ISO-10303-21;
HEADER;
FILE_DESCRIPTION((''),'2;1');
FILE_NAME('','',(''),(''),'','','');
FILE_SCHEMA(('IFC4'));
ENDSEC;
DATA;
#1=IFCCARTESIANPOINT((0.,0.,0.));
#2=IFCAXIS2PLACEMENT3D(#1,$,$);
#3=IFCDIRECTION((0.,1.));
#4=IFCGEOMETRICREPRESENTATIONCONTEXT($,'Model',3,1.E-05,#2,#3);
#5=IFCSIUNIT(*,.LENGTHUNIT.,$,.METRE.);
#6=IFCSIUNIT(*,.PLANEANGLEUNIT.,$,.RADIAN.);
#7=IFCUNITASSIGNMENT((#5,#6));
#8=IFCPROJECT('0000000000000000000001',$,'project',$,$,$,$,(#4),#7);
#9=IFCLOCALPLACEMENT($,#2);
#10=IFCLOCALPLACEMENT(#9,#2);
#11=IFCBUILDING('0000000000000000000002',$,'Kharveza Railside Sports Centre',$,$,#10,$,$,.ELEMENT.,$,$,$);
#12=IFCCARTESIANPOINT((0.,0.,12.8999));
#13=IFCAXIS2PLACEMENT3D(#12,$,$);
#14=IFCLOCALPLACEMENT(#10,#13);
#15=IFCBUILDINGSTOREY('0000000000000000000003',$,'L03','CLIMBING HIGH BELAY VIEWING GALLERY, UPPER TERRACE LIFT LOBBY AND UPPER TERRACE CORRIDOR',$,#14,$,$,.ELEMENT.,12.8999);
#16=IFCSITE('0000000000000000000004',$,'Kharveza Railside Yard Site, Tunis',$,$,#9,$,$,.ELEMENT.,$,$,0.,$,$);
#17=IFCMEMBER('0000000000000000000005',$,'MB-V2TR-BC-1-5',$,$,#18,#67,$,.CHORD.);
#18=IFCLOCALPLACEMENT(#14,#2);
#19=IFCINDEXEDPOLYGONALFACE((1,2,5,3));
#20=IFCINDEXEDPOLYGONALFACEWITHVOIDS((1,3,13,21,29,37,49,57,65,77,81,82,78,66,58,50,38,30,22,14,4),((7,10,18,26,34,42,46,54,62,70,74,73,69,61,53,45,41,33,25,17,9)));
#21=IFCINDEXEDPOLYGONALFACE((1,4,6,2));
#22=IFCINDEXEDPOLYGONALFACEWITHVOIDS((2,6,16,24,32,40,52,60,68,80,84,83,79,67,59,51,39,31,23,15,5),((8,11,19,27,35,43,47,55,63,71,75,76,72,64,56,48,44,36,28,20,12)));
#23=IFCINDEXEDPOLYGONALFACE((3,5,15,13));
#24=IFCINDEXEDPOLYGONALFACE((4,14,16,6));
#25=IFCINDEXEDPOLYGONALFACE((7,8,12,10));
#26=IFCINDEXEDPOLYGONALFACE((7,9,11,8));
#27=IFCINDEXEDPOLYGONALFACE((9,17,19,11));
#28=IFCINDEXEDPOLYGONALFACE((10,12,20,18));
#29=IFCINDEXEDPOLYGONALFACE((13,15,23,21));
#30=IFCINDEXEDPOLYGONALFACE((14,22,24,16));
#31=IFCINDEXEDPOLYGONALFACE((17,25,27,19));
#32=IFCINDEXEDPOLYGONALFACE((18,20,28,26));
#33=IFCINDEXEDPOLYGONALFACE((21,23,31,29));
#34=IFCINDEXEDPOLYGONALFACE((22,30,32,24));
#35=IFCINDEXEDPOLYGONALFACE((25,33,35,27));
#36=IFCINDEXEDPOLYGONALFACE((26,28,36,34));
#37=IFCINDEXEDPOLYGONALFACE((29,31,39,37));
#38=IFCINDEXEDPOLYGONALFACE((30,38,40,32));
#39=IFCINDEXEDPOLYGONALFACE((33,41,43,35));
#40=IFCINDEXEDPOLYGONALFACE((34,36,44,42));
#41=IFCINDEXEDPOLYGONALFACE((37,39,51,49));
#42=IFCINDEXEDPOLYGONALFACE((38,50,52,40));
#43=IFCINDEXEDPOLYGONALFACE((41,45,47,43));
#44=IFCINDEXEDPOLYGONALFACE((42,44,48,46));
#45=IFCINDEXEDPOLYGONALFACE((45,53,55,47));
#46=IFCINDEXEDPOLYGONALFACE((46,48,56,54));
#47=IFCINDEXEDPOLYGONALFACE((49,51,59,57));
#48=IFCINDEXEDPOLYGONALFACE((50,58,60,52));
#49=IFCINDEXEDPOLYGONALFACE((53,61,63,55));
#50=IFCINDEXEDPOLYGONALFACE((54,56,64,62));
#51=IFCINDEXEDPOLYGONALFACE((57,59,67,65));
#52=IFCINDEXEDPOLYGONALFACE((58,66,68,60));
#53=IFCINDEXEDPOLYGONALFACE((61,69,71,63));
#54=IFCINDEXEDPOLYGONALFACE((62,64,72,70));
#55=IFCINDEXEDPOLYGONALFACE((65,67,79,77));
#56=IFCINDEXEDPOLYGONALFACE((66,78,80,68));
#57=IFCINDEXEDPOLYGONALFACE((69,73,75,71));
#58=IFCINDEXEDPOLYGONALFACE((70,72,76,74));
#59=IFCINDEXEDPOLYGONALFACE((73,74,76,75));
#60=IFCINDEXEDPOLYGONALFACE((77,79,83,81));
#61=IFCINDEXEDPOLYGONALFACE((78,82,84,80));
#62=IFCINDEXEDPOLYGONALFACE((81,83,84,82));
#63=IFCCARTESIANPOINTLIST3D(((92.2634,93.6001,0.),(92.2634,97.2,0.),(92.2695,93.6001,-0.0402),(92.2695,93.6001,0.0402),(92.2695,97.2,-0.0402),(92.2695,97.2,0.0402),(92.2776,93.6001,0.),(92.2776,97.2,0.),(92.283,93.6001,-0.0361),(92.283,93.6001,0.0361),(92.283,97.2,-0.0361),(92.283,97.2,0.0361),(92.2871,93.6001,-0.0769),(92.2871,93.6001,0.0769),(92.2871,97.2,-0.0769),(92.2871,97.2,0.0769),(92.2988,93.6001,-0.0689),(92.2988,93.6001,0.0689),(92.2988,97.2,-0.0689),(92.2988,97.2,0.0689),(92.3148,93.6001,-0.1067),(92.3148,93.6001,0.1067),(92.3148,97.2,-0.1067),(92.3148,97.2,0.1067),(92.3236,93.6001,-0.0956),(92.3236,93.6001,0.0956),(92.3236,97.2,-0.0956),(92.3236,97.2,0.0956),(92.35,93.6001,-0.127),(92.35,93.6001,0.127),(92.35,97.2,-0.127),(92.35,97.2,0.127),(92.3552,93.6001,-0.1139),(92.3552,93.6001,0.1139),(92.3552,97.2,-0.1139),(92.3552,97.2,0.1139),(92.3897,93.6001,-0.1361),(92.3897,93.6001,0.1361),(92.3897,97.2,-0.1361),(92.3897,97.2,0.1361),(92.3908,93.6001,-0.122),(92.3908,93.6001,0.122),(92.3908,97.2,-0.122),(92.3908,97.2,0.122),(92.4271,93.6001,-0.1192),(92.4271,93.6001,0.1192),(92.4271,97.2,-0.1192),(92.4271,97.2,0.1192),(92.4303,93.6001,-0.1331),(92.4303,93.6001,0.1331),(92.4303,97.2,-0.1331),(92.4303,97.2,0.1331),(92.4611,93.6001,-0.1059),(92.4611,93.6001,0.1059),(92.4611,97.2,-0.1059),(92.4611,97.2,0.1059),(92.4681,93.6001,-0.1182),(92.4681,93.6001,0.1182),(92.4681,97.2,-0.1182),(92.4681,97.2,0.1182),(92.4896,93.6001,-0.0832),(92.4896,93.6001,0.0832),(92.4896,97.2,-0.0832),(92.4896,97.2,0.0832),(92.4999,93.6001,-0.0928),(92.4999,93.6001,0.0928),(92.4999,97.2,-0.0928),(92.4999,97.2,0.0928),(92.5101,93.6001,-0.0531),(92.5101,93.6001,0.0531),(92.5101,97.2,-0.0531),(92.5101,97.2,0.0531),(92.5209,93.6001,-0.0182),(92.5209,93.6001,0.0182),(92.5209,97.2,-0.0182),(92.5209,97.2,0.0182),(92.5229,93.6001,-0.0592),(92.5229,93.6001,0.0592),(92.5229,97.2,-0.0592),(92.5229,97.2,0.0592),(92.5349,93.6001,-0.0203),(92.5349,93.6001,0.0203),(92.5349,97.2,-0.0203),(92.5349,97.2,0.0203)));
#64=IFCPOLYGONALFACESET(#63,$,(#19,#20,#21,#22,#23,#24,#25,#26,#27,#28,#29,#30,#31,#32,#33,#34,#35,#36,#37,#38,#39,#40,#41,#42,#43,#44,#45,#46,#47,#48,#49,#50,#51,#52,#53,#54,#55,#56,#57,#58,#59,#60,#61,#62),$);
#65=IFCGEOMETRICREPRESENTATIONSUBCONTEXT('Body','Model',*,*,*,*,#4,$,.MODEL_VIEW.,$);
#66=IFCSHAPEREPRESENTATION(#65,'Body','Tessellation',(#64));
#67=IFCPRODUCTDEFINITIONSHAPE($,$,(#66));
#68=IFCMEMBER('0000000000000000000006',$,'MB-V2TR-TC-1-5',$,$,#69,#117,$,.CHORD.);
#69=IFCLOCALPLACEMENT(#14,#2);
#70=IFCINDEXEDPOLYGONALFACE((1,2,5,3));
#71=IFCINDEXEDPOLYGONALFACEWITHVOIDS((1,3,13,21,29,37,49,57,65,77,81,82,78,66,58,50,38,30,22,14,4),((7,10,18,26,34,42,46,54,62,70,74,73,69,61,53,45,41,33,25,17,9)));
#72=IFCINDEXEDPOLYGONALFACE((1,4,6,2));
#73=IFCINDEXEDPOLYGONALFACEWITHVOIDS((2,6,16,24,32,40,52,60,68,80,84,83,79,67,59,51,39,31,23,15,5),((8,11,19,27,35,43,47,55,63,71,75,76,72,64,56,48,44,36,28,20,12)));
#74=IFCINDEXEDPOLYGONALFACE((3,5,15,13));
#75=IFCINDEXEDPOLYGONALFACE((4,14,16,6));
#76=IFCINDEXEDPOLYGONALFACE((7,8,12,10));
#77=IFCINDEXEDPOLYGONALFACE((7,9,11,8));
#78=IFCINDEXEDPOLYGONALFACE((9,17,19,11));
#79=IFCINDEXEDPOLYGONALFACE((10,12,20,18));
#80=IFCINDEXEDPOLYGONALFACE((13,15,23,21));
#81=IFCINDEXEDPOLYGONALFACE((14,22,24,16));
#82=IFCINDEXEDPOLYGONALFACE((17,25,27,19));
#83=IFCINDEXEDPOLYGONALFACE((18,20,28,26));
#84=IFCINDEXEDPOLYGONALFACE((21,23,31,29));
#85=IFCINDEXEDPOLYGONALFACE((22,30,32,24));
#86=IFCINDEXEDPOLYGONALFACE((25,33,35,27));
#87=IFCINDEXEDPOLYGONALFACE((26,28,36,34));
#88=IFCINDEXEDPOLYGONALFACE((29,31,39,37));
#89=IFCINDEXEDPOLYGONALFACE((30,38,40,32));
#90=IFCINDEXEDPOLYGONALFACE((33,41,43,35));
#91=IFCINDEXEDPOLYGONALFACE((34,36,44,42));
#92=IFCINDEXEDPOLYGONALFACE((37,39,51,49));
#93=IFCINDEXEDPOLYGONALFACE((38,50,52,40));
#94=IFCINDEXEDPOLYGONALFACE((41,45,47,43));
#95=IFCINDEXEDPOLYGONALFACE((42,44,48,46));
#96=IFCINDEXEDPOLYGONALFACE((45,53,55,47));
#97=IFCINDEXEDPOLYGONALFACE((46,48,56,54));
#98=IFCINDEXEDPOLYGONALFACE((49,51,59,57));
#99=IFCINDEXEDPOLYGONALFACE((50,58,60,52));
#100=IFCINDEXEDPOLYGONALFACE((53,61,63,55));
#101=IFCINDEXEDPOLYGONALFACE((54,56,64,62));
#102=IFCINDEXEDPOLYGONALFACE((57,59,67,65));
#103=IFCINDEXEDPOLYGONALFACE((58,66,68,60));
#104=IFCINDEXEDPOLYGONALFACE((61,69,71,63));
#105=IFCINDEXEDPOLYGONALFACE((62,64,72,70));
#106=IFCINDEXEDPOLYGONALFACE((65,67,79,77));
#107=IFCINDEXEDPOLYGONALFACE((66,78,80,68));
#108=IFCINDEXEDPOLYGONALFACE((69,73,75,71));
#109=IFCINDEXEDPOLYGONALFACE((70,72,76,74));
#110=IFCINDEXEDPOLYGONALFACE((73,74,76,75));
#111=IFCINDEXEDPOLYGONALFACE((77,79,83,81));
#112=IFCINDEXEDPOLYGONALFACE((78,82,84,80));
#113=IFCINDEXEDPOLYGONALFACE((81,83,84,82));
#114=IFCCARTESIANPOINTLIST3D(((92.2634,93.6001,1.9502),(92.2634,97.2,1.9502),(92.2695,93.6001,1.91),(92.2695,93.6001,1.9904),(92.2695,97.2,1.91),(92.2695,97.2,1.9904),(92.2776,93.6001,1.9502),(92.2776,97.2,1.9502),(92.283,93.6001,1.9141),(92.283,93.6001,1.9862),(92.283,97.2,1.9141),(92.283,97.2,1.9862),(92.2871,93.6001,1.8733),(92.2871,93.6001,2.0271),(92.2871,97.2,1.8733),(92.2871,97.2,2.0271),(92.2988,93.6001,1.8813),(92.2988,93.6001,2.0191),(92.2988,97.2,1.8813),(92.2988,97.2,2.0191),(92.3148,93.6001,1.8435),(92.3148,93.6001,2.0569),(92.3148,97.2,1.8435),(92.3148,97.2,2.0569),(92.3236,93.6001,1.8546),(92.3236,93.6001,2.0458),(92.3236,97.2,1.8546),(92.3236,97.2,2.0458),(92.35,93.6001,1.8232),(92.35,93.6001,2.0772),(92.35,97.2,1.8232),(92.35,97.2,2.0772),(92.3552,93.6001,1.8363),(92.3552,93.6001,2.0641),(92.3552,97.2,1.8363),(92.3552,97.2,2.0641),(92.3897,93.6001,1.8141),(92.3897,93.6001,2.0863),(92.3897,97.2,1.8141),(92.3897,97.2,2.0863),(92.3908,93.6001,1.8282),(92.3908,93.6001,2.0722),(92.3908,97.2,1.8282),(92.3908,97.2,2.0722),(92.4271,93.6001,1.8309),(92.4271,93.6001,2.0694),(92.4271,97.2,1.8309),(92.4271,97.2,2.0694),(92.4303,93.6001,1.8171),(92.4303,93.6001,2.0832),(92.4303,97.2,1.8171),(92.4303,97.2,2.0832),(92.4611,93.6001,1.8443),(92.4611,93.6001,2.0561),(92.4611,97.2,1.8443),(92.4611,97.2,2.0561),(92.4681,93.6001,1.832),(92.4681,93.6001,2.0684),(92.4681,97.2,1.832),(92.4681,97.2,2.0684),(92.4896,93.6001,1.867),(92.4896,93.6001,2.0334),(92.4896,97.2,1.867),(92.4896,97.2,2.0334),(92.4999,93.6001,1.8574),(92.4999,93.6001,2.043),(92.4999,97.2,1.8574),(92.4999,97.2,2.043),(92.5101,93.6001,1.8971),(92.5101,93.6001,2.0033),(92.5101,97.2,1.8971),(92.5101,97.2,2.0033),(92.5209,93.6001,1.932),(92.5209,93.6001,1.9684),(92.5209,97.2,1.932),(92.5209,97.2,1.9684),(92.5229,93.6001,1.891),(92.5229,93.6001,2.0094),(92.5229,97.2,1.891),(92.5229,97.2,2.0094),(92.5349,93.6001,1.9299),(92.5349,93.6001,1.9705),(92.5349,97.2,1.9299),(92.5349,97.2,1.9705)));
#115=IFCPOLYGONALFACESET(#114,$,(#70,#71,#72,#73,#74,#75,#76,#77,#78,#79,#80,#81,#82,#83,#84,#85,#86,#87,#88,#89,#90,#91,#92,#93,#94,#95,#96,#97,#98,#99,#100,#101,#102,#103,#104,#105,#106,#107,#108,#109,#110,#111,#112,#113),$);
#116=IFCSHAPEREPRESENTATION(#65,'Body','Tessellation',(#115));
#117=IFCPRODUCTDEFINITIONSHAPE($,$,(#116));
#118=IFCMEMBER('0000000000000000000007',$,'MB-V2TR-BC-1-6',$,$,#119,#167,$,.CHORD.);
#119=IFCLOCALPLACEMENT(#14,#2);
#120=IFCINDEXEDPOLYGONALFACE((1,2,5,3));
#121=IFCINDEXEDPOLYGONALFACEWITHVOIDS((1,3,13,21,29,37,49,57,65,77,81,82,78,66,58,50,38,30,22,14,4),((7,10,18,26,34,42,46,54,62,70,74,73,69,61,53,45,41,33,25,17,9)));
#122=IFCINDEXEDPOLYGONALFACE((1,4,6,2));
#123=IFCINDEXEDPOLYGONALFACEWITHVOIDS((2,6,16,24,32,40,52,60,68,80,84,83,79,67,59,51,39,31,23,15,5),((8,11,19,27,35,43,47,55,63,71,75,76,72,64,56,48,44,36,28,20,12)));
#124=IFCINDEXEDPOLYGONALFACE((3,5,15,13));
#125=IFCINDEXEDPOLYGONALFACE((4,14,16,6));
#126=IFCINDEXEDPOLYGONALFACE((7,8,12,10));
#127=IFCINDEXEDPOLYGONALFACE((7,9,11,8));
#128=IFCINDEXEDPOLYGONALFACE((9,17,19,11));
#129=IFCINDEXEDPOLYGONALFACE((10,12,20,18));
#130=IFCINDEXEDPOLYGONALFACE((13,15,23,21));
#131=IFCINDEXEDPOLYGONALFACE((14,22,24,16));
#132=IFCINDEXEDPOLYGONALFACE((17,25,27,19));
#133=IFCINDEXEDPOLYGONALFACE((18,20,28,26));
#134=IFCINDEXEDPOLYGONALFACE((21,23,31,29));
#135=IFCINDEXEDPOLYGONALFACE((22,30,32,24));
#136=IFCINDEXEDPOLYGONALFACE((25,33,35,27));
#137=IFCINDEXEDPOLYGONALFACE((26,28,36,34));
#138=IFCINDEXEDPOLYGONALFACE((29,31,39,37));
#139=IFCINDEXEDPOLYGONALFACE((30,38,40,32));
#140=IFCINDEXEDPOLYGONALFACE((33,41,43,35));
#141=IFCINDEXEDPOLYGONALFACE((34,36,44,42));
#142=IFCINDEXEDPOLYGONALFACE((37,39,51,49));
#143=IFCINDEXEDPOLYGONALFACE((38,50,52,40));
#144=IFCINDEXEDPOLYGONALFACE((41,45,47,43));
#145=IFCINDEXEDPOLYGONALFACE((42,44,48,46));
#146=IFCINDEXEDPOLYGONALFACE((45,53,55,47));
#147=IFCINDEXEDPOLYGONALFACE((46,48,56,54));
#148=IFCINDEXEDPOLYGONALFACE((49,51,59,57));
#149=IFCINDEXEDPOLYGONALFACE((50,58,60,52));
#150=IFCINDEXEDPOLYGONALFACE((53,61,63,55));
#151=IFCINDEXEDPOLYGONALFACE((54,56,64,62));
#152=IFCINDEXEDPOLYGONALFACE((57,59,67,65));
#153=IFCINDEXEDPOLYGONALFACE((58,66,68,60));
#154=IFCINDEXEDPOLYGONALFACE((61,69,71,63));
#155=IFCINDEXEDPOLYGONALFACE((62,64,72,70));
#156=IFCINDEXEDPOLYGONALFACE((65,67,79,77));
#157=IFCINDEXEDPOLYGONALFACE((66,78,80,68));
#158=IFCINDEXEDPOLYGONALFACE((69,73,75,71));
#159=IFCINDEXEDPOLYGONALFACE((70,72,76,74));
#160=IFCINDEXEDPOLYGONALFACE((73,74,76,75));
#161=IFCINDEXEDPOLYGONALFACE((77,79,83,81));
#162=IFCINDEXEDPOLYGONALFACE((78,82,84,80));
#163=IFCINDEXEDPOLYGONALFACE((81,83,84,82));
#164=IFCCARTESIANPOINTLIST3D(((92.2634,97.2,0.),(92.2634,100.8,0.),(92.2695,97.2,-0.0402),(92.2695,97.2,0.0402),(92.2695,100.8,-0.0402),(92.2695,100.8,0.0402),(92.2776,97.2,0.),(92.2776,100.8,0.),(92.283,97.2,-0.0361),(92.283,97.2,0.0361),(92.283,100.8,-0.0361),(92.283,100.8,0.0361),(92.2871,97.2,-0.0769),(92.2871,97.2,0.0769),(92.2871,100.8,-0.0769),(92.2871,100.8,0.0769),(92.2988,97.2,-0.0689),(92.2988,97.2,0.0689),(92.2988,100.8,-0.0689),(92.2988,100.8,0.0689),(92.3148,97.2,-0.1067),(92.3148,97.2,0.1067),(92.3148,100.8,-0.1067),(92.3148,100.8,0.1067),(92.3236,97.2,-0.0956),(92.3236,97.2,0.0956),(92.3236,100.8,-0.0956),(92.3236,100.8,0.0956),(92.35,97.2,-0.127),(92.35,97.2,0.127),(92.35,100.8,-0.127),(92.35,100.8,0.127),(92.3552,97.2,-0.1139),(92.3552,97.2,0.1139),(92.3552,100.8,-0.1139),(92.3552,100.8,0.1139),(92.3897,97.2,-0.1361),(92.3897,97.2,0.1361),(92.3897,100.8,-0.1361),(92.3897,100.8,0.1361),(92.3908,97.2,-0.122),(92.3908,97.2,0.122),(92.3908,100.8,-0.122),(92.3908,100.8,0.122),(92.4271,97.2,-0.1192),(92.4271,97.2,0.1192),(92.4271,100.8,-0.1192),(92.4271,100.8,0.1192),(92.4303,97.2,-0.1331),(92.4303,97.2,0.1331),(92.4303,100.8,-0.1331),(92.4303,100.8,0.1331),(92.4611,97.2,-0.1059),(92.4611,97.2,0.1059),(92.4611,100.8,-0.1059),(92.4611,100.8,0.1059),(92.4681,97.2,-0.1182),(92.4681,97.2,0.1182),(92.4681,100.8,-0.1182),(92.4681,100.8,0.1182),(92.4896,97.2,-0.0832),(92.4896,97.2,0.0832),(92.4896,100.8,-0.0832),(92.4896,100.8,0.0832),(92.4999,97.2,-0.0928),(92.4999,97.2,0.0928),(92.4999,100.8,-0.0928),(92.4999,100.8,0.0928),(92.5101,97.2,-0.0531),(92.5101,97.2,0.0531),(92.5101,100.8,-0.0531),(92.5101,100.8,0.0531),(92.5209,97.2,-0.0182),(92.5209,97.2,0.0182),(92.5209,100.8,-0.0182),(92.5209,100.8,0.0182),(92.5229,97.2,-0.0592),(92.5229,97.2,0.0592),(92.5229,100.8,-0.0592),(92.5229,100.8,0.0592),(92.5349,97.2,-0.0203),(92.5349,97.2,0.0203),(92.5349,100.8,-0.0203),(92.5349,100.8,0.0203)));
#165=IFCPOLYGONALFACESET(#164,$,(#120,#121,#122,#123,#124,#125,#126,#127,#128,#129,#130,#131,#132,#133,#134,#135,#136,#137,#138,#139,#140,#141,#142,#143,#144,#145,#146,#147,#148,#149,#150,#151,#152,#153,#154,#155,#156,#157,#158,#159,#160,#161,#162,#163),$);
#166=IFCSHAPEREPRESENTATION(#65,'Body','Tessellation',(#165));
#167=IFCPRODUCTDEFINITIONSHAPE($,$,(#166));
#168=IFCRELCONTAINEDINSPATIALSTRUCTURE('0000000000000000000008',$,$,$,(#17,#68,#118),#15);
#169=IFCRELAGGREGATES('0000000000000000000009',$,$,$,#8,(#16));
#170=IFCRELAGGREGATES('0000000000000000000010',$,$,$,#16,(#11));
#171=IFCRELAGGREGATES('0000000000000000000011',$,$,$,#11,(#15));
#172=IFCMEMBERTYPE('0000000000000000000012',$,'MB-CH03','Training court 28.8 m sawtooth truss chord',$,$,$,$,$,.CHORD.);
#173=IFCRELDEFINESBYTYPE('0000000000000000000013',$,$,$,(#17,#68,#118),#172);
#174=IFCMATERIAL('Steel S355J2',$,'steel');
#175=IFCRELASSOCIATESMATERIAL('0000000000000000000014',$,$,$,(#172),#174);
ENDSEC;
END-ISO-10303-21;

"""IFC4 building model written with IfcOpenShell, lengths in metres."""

from ifc_helpers import new_model, si_unit, direction, frame, origin, origin_2d, place, context, subcontext, project, spatial, hollow_circle, extrude, material, material_profile, profile_set, type_object, element, save


model = new_model("IFC4")

# Units and contexts
model_context = context("Model", 3, precision=1e-05, world=origin(), true_north=direction((0.0, 1.0)))
body_context = subcontext(model_context, "Body", "Model", "MODEL_VIEW")
ifc_project = project(units=[si_unit("LENGTHUNIT", "METRE"), si_unit("PLANEANGLEUNIT", "RADIAN")], contexts=[model_context])

# Site, building, storey
site_placement = place(None, origin())
site = spatial("IfcSite", under=ifc_project, at=site_placement, Name="Kharveza Railside Yard Site, Tunis", CompositionType="ELEMENT", RefElevation=0.0)
building_placement = place(site_placement, origin())
building = spatial("IfcBuilding", under=site, at=building_placement, Name="Kharveza Railside Sports Centre", CompositionType="ELEMENT")
storey_placement = place(building_placement, frame((0.0, 0.0, 12.8999)))
storey = spatial("IfcBuildingStorey", under=building, at=storey_placement, Name="L03", Description="CLIMBING HIGH BELAY VIEWING GALLERY, UPPER TERRACE LIFT LOBBY AND UPPER TERRACE CORRIDOR", CompositionType="ELEMENT", Elevation=12.8999)

# Shared definitions
ifc_material_1 = material(Name="Steel S355J2", Category="steel")

# Members
ifc_material_profile_1 = material_profile(ifc_material_1, hollow_circle(Radius=0.1365, WallThickness=0.0142, at=origin_2d()), Name="CHS 273.0x14.2")
ifc_profile_set_1 = profile_set([ifc_material_profile_1], Name="Steel S355J2")
member_type_1 = type_object("IfcMemberType", Name="MB-CH03", Description="Training court 28.8 m sawtooth truss chord", PredefinedType="CHORD", material=ifc_profile_set_1)
for number, where, z_axis, x_axis, name in (
    (1, (92.3999, 93.6001, 0.0), (0.0, 1.0, 0.0), (-1.0, 0.0, 0.0), "MB-V2TR-BC-1-5"),
    (2, (92.3999, 93.6001, 1.9502), (0.0, 1.0, 0.0), (-1.0, 0.0, 0.0), "MB-V2TR-TC-1-5"),
):
    element("IfcMember", number, at=place(storey_placement, frame(where, z_axis=z_axis, x_axis=x_axis)), inside=storey, type_object=member_type_1, Name=name, PredefinedType="CHORD", context=body_context, shape_type="SweptSolid", body=[
        extrude(hollow_circle(Radius=0.1365, WallThickness=0.0142, at=origin_2d()), origin(), (0.0, 0.0, 1.0), 3.5999),
    ])
for number, where, z_axis, x_axis, name in (
    (3, (92.3999, 97.2, 0.0), (0.0, 1.0, 0.0), (-1.0, 0.0, 0.0), "MB-V2TR-BC-1-6"),
):
    element("IfcMember", number, at=place(storey_placement, frame(where, z_axis=z_axis, x_axis=x_axis)), inside=storey, type_object=member_type_1, Name=name, PredefinedType="CHORD", context=body_context, shape_type="SweptSolid", body=[
        extrude(hollow_circle(Radius=0.1365, WallThickness=0.0142, at=origin_2d()), origin(), (0.0, 0.0, 1.0), 3.6001),
    ])

save(model, "model.ifc")
